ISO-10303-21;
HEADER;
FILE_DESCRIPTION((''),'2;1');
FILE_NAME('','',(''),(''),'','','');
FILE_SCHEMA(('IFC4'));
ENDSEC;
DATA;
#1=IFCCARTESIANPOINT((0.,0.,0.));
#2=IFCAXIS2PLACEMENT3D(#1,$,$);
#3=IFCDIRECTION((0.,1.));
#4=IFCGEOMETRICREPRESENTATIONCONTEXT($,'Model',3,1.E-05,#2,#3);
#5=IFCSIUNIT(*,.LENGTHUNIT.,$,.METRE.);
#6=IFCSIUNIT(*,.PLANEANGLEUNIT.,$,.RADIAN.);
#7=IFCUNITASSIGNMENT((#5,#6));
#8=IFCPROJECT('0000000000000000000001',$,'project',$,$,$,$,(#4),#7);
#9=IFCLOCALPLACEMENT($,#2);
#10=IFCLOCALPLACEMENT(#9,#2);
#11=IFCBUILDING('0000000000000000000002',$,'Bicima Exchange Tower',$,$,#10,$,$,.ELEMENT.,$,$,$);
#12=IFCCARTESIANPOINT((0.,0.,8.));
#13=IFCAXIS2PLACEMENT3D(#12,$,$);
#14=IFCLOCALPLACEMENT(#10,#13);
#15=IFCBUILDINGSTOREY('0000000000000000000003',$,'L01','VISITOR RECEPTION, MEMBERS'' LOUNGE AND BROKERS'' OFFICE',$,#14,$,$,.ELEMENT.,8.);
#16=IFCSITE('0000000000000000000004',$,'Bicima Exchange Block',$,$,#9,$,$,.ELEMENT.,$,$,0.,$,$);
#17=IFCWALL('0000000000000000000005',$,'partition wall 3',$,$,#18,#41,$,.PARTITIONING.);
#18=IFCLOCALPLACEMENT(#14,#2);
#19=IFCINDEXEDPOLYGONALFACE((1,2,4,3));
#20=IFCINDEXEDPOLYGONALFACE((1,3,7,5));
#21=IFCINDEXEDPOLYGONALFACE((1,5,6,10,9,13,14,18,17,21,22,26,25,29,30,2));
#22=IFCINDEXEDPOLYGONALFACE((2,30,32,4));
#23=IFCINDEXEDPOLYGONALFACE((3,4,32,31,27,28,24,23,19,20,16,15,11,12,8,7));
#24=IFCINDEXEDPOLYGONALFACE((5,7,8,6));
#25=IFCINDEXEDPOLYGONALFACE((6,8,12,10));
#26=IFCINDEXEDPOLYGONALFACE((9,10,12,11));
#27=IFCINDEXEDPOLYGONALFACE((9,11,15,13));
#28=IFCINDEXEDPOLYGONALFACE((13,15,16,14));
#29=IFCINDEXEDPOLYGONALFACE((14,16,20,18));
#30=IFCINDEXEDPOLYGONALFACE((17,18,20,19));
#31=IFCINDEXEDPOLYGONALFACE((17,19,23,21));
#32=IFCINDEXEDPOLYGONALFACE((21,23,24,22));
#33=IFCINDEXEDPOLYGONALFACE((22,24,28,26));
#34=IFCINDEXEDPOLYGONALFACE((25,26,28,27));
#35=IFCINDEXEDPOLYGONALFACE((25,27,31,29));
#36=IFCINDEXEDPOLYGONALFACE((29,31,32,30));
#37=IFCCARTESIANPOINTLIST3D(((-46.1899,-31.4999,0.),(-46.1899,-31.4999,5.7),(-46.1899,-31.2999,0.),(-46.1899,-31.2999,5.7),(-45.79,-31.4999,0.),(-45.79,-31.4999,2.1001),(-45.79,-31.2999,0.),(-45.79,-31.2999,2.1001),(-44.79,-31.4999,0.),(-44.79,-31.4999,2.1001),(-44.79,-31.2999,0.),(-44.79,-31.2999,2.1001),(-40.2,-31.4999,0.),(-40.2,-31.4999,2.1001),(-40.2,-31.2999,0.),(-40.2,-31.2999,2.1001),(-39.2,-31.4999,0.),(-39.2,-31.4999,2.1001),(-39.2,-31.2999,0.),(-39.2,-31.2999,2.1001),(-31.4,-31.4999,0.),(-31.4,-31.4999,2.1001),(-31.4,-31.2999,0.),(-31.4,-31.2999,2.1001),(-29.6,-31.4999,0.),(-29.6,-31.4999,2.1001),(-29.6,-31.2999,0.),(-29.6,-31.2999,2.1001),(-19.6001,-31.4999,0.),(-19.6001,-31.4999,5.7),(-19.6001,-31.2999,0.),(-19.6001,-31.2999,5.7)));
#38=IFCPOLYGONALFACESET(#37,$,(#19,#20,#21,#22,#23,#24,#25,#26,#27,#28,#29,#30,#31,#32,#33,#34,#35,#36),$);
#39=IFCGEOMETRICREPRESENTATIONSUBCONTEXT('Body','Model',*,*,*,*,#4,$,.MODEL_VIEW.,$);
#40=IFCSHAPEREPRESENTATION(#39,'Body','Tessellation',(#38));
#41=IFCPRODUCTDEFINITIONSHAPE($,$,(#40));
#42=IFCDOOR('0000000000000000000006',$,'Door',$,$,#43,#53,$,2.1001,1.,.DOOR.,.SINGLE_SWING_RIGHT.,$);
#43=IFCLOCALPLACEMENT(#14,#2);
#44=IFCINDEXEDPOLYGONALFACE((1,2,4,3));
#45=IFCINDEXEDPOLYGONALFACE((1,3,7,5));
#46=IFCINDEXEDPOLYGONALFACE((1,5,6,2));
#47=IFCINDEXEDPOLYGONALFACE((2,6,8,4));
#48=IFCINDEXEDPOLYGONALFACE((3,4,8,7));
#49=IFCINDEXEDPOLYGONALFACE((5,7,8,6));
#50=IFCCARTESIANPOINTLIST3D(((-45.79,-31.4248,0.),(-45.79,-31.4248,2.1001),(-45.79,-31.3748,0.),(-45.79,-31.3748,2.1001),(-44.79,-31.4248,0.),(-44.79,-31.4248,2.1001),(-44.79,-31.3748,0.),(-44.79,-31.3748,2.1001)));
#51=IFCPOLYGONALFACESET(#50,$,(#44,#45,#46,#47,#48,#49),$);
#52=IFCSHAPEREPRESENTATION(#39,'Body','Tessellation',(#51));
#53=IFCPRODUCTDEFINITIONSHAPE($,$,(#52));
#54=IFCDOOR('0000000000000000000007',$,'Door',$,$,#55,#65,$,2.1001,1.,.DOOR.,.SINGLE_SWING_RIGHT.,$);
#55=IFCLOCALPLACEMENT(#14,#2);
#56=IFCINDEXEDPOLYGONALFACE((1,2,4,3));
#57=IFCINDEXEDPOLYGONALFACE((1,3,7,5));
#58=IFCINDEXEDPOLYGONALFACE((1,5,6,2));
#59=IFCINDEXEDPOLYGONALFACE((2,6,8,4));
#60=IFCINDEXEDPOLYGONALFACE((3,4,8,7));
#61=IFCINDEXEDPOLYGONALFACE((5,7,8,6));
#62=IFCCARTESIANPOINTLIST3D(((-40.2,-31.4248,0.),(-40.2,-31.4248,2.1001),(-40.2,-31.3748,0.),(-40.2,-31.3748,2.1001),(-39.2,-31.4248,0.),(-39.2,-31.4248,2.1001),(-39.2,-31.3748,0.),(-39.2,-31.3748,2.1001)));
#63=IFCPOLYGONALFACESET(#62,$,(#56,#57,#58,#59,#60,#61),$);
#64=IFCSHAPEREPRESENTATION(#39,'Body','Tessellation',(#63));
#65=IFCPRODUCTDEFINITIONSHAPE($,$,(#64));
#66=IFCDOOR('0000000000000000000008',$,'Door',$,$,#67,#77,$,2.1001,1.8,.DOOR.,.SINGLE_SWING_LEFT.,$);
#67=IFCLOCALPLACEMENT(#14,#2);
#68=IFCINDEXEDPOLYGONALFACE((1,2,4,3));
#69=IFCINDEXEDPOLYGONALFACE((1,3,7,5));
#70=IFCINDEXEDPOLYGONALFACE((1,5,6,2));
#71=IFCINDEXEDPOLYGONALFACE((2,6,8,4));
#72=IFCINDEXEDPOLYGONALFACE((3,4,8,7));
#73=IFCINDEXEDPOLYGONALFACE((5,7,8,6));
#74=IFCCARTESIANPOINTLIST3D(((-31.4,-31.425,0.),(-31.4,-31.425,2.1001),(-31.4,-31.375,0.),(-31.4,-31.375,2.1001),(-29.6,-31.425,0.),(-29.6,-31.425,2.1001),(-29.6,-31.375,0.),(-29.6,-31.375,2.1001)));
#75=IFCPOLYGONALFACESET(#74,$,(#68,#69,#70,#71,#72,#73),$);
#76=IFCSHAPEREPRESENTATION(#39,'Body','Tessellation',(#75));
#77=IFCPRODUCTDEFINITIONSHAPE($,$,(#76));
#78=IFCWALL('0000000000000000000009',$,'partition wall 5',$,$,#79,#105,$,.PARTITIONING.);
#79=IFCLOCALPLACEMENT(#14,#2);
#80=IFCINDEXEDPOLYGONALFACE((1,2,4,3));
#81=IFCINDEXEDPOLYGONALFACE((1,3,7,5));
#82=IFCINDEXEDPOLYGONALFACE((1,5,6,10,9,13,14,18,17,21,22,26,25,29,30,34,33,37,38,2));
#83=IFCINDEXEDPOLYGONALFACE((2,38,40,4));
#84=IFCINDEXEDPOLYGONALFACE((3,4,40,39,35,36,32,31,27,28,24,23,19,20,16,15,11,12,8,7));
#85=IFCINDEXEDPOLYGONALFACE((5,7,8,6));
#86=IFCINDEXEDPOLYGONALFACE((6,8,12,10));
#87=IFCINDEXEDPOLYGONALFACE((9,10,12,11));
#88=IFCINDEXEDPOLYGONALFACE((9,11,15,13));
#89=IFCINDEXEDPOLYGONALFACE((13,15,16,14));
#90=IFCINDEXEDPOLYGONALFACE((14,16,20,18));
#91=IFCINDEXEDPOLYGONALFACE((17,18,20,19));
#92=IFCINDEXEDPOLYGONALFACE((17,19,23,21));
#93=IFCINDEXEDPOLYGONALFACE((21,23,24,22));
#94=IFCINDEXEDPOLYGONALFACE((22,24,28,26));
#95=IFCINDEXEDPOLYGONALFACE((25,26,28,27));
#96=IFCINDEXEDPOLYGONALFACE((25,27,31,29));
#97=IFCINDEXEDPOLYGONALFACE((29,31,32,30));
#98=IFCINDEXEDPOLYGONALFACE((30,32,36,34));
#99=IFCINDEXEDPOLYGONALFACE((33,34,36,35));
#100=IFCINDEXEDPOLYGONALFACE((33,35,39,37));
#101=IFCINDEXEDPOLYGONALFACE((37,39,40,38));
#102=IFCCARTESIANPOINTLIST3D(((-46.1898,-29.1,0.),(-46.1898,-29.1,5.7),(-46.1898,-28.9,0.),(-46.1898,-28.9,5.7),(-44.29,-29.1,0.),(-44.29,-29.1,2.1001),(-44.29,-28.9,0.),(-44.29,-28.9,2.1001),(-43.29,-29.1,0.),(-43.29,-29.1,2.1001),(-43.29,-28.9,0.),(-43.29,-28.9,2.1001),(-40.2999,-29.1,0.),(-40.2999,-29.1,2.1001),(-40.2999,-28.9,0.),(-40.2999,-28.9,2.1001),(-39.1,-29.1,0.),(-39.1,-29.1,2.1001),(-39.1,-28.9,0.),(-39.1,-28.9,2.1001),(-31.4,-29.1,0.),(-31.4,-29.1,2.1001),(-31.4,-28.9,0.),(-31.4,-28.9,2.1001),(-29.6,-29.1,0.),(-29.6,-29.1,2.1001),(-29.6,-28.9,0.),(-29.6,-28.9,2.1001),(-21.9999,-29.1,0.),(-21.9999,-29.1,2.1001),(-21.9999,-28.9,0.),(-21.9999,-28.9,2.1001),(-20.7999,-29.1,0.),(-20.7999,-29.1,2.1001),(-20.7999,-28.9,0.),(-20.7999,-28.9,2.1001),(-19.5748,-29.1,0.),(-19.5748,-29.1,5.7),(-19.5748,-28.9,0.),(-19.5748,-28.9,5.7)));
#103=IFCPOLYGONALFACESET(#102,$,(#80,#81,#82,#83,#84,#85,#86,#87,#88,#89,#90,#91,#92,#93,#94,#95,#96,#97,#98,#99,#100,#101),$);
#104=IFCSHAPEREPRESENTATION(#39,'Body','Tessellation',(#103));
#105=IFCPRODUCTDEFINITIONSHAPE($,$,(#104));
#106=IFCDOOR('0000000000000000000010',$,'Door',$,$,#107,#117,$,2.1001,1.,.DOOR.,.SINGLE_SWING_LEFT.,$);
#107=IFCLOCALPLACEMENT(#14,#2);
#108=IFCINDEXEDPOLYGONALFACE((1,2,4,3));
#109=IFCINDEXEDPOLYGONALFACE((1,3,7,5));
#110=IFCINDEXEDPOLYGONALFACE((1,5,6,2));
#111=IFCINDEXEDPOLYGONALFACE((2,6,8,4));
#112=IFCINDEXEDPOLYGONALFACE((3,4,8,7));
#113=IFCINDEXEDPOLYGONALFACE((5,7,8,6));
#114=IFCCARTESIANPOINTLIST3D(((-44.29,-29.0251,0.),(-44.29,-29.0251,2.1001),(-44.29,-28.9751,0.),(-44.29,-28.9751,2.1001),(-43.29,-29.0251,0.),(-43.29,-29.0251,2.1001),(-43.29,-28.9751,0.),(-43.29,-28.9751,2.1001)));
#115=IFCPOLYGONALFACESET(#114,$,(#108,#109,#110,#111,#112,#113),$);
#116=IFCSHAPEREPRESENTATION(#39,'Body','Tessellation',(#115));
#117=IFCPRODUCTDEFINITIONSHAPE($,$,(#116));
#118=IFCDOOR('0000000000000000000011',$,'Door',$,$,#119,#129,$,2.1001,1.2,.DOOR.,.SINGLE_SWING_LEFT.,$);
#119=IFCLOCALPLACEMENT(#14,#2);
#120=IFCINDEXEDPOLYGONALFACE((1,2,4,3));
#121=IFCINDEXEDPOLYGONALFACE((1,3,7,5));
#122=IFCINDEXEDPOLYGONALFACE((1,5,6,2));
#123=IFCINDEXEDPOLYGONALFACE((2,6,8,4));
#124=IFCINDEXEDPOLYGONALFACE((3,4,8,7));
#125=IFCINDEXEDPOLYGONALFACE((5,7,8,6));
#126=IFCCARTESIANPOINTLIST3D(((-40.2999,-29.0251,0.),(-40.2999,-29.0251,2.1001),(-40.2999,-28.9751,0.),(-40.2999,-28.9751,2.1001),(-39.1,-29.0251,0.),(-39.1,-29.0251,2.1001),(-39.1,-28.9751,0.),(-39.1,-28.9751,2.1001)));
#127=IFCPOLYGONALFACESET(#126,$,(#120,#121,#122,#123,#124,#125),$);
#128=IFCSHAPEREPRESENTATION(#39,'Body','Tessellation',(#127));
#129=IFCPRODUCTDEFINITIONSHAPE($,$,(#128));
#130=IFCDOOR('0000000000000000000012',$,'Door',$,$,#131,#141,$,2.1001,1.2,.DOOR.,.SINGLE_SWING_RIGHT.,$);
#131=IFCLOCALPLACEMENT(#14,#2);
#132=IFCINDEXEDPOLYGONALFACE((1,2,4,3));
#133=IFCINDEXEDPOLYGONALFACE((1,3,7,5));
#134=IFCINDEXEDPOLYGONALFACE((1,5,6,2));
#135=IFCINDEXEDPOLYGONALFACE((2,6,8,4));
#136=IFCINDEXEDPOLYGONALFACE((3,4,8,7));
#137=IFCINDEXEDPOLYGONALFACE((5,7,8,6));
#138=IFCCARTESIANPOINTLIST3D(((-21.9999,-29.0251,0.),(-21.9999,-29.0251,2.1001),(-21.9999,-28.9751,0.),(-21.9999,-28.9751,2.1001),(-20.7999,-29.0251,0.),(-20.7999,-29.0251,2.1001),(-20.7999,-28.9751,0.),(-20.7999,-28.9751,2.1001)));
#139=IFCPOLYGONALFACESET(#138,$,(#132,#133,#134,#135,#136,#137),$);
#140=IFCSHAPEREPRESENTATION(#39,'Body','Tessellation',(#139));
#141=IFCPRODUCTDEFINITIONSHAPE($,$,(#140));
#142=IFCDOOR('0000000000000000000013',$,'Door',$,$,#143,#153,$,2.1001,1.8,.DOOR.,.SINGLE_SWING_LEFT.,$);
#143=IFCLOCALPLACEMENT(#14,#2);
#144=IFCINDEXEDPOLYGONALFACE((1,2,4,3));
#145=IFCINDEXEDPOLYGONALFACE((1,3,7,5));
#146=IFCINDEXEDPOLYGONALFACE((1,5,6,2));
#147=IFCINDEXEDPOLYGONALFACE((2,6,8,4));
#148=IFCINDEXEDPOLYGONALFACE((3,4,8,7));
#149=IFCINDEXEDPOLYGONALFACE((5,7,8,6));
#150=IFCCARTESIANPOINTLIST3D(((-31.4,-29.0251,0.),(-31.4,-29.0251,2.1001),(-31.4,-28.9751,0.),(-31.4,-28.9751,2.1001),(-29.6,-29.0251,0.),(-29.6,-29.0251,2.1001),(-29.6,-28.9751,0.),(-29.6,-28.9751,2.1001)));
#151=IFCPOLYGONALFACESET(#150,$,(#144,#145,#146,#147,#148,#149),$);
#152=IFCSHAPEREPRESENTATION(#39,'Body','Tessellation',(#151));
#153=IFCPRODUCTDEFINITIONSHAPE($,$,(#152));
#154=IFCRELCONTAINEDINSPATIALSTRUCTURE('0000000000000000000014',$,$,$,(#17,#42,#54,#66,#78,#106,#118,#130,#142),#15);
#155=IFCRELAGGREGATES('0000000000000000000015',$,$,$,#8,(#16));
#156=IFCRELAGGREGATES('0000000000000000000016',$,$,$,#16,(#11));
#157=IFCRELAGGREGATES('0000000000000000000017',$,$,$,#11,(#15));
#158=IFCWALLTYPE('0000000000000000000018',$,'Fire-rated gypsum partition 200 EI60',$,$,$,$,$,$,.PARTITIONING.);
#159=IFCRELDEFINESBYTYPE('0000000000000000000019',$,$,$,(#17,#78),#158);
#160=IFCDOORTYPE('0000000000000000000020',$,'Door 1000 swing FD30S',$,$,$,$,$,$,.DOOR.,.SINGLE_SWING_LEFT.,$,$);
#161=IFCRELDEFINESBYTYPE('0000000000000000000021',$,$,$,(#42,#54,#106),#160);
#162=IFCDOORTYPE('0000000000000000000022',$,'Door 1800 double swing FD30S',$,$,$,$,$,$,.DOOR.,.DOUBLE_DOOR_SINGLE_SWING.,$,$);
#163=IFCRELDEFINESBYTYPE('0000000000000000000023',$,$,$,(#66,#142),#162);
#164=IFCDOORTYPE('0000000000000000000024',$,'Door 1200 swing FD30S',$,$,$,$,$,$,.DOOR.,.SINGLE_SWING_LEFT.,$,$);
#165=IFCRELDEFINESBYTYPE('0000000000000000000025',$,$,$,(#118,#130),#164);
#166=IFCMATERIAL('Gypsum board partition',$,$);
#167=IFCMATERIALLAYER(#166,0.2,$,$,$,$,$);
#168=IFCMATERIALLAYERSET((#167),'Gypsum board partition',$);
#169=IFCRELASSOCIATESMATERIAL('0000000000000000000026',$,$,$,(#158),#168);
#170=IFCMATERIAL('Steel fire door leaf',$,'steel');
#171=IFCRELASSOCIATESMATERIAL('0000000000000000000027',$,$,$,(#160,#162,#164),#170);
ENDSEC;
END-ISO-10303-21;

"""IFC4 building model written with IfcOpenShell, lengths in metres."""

from ifc_helpers import new_model, si_unit, direction, frame, frame_2d, origin, place, context, subcontext, project, spatial, rectangle, extrude, material, layer, layer_set, type_object, element, fill, save


model = new_model("IFC4")

# Units and contexts
model_context = context("Model", 3, precision=1e-05, world=origin(), true_north=direction((0.0, 1.0)))
body_context = subcontext(model_context, "Body", "Model", "MODEL_VIEW")
ifc_project = project(units=[si_unit("LENGTHUNIT", "METRE"), si_unit("PLANEANGLEUNIT", "RADIAN")], contexts=[model_context])

# Site, building, storey
site_placement = place(None, origin())
site = spatial("IfcSite", under=ifc_project, at=site_placement, Name="Bicima Exchange Block", CompositionType="ELEMENT", RefElevation=0.0)
building_placement = place(site_placement, origin())
building = spatial("IfcBuilding", under=site, at=building_placement, Name="Bicima Exchange Tower", CompositionType="ELEMENT")
storey_placement = place(building_placement, frame((0.0, 0.0, 8.0)))
storey = spatial("IfcBuildingStorey", under=building, at=storey_placement, Name="L01", Description="VISITOR RECEPTION, MEMBERS' LOUNGE AND BROKERS' OFFICE", CompositionType="ELEMENT", Elevation=8.0)

# Walls, openings, doors
ifc_material_1 = material(Name="Gypsum board partition")
ifc_layer_1 = layer(ifc_material_1, 0.2)
ifc_layer_set_1 = layer_set([ifc_layer_1], Name="Gypsum board partition")
wall_type_1 = type_object("IfcWallType", Name="Fire-rated gypsum partition 200 EI60", PredefinedType="PARTITIONING", material=ifc_layer_set_1)
wall_1_placement = place(storey_placement, frame((-46.1899, -31.3999, 0.0), z_axis=(0.0, 0.0, 1.0), x_axis=(1.0, 0.0, 0.0)))
wall_1 = element("IfcWall", 1, at=wall_1_placement, inside=storey, type_object=wall_type_1, Name="partition wall 3", PredefinedType="PARTITIONING", context=body_context, shape_type="SweptSolid", body=[
    extrude(rectangle(XDim=26.5898, YDim=0.2, at=frame_2d((13.2949, 0.0))), origin(), (0.0, 0.0, 1.0), 5.7),
])
opening_1_placement = place(wall_1_placement, frame((0.3999, 0.0, 0.0)))
opening_1 = element("IfcOpeningElement", 2, at=opening_1_placement, cuts=wall_1, PredefinedType="OPENING", context=body_context, shape_type="SweptSolid", body=[
    extrude(rectangle(XDim=1.0, YDim=2.1001, at=frame_2d((0.5, 1.05))), frame((0.0, 0.1118, 0.0), z_axis=(0.0, -1.0, 0.0), x_axis=(1.0, 0.0, 0.0)), (0.0, 0.0, 1.0), 0.2239),
])
opening_2_placement = place(wall_1_placement, frame((5.99, 0.0, 0.0)))
opening_2 = element("IfcOpeningElement", 3, at=opening_2_placement, cuts=wall_1, PredefinedType="OPENING", context=body_context, shape_type="SweptSolid", body=[
    extrude(rectangle(XDim=1.0, YDim=2.1001, at=frame_2d((0.5, 1.05))), frame((0.0, 0.1118, 0.0), z_axis=(0.0, -1.0, 0.0), x_axis=(1.0, 0.0, 0.0)), (0.0, 0.0, 1.0), 0.2239),
])
opening_3_placement = place(wall_1_placement, frame((14.79, 0.0, 0.0)))
opening_3 = element("IfcOpeningElement", 4, at=opening_3_placement, cuts=wall_1, PredefinedType="OPENING", context=body_context, shape_type="SweptSolid", body=[
    extrude(rectangle(XDim=1.8, YDim=2.1001, at=frame_2d((0.8999, 1.05))), frame((0.0, 0.1118, 0.0), z_axis=(0.0, -1.0, 0.0), x_axis=(1.0, 0.0, 0.0)), (0.0, 0.0, 1.0), 0.2239),
])
ifc_material_2 = material(Name="Steel fire door leaf", Category="steel")
door_type_1 = type_object("IfcDoorType", Name="Door 1000 swing FD30S", OperationType="SINGLE_SWING_LEFT", PredefinedType="DOOR", material=ifc_material_2)
door_1_placement = place(opening_1_placement, frame((1.0, 0.0, 0.0), z_axis=(0.0, 0.0, 1.0), x_axis=(-1.0, 0.0, 0.0)))
door_1 = element("IfcDoor", 5, at=door_1_placement, inside=storey, type_object=door_type_1, Name="Door", OperationType="SINGLE_SWING_RIGHT", OverallHeight=2.1001, OverallWidth=1.0, PredefinedType="DOOR", context=body_context, shape_type="SweptSolid", body=[
    extrude(rectangle(XDim=1.0, YDim=2.1001, at=frame_2d((0.5, 1.05))), frame((0.0, 0.0249, 0.0), z_axis=(0.0, -1.0, 0.0), x_axis=(1.0, 0.0, 0.0)), (0.0, 0.0, 1.0), 0.05),
])
fill(opening_1, door_1)
door_2_placement = place(opening_2_placement, frame((1.0, 0.0, 0.0), z_axis=(0.0, 0.0, 1.0), x_axis=(-1.0, 0.0, 0.0)))
door_2 = element("IfcDoor", 6, at=door_2_placement, inside=storey, type_object=door_type_1, Name="Door", OperationType="SINGLE_SWING_RIGHT", OverallHeight=2.1001, OverallWidth=1.0, PredefinedType="DOOR", context=body_context, shape_type="SweptSolid", body=[
    extrude(rectangle(XDim=1.0, YDim=2.1001, at=frame_2d((0.5, 1.05))), frame((0.0, 0.0249, 0.0), z_axis=(0.0, -1.0, 0.0), x_axis=(1.0, 0.0, 0.0)), (0.0, 0.0, 1.0), 0.05),
])
fill(opening_2, door_2)
door_type_2 = type_object("IfcDoorType", Name="Door 1800 double swing FD30S", OperationType="DOUBLE_DOOR_SINGLE_SWING", PredefinedType="DOOR", material=ifc_material_2)
door_3_placement = place(opening_3_placement, origin())
door_3 = element("IfcDoor", 7, at=door_3_placement, inside=storey, type_object=door_type_2, Name="Door", OperationType="SINGLE_SWING_LEFT", OverallHeight=2.1001, OverallWidth=1.8, PredefinedType="DOOR", context=body_context, shape_type="SweptSolid", body=[
    extrude(rectangle(XDim=1.8, YDim=2.1001, at=frame_2d((0.8999, 1.05))), frame((0.0, 0.0249, 0.0), z_axis=(0.0, -1.0, 0.0), x_axis=(1.0, 0.0, 0.0)), (0.0, 0.0, 1.0), 0.05),
])
fill(opening_3, door_3)
wall_2_placement = place(storey_placement, frame((-46.1899, -29.0, 0.0), z_axis=(0.0, 0.0, 1.0), x_axis=(1.0, 0.0, 0.0)))
wall_2 = element("IfcWall", 8, at=wall_2_placement, inside=storey, type_object=wall_type_1, Name="partition wall 5", PredefinedType="PARTITIONING", context=body_context, shape_type="SweptSolid", body=[
    extrude(rectangle(XDim=26.615, YDim=0.2, at=frame_2d((13.3076, 0.0))), origin(), (0.0, 0.0, 1.0), 5.7),
])
opening_4_placement = place(wall_2_placement, frame((5.8899, 0.0, 0.0)))
opening_4 = element("IfcOpeningElement", 9, at=opening_4_placement, cuts=wall_2, PredefinedType="OPENING", context=body_context, shape_type="SweptSolid", body=[
    extrude(rectangle(XDim=1.2, YDim=2.1001, at=frame_2d((0.6001, 1.05))), frame((0.0, 0.1118, 0.0), z_axis=(0.0, -1.0, 0.0), x_axis=(1.0, 0.0, 0.0)), (0.0, 0.0, 1.0), 0.2239),
])
opening_5_placement = place(wall_2_placement, frame((24.1899, 0.0, 0.0)))
opening_5 = element("IfcOpeningElement", 10, at=opening_5_placement, cuts=wall_2, PredefinedType="OPENING", context=body_context, shape_type="SweptSolid", body=[
    extrude(rectangle(XDim=1.2, YDim=2.1001, at=frame_2d((0.6001, 1.05))), frame((0.0, 0.1118, 0.0), z_axis=(0.0, -1.0, 0.0), x_axis=(1.0, 0.0, 0.0)), (0.0, 0.0, 1.0), 0.2239),
])
opening_6_placement = place(wall_2_placement, frame((1.8999, 0.0, 0.0)))
opening_6 = element("IfcOpeningElement", 11, at=opening_6_placement, cuts=wall_2, PredefinedType="OPENING", context=body_context, shape_type="SweptSolid", body=[
    extrude(rectangle(XDim=1.0, YDim=2.1001, at=frame_2d((0.5, 1.05))), frame((0.0, 0.1118, 0.0), z_axis=(0.0, -1.0, 0.0), x_axis=(1.0, 0.0, 0.0)), (0.0, 0.0, 1.0), 0.2239),
])
opening_7_placement = place(wall_2_placement, frame((14.79, 0.0, 0.0)))
opening_7 = element("IfcOpeningElement", 12, at=opening_7_placement, cuts=wall_2, PredefinedType="OPENING", context=body_context, shape_type="SweptSolid", body=[
    extrude(rectangle(XDim=1.8, YDim=2.1001, at=frame_2d((0.8999, 1.05))), frame((0.0, 0.1118, 0.0), z_axis=(0.0, -1.0, 0.0), x_axis=(1.0, 0.0, 0.0)), (0.0, 0.0, 1.0), 0.2239),
])
door_4_placement = place(opening_6_placement, origin())
door_4 = element("IfcDoor", 13, at=door_4_placement, inside=storey, type_object=door_type_1, Name="Door", OperationType="SINGLE_SWING_LEFT", OverallHeight=2.1001, OverallWidth=1.0, PredefinedType="DOOR", context=body_context, shape_type="SweptSolid", body=[
    extrude(rectangle(XDim=1.0, YDim=2.1001, at=frame_2d((0.5, 1.05))), frame((0.0, 0.0249, 0.0), z_axis=(0.0, -1.0, 0.0), x_axis=(1.0, 0.0, 0.0)), (0.0, 0.0, 1.0), 0.05),
])
fill(opening_6, door_4)
door_type_3 = type_object("IfcDoorType", Name="Door 1200 swing FD30S", OperationType="SINGLE_SWING_LEFT", PredefinedType="DOOR", material=ifc_material_2)
door_5_placement = place(opening_4_placement, origin())
door_5 = element("IfcDoor", 14, at=door_5_placement, inside=storey, type_object=door_type_3, Name="Door", OperationType="SINGLE_SWING_LEFT", OverallHeight=2.1001, OverallWidth=1.2, PredefinedType="DOOR", context=body_context, shape_type="SweptSolid", body=[
    extrude(rectangle(XDim=1.2, YDim=2.1001, at=frame_2d((0.6001, 1.05))), frame((0.0, 0.0249, 0.0), z_axis=(0.0, -1.0, 0.0), x_axis=(1.0, 0.0, 0.0)), (0.0, 0.0, 1.0), 0.05),
])
fill(opening_4, door_5)
door_6_placement = place(opening_5_placement, origin())
door_6 = element("IfcDoor", 15, at=door_6_placement, inside=storey, type_object=door_type_3, Name="Door", OperationType="SINGLE_SWING_RIGHT", OverallHeight=2.1001, OverallWidth=1.2, PredefinedType="DOOR", context=body_context, shape_type="SweptSolid", body=[
    extrude(rectangle(XDim=1.2, YDim=2.1001, at=frame_2d((0.6001, 1.05))), frame((0.0, 0.0249, 0.0), z_axis=(0.0, -1.0, 0.0), x_axis=(1.0, 0.0, 0.0)), (0.0, 0.0, 1.0), 0.05),
])
fill(opening_5, door_6)
door_7_placement = place(opening_7_placement, origin())
door_7 = element("IfcDoor", 16, at=door_7_placement, inside=storey, type_object=door_type_2, Name="Door", OperationType="SINGLE_SWING_LEFT", OverallHeight=2.1001, OverallWidth=1.8, PredefinedType="DOOR", context=body_context, shape_type="SweptSolid", body=[
    extrude(rectangle(XDim=1.8, YDim=2.1001, at=frame_2d((0.8999, 1.05))), frame((0.0, 0.0249, 0.0), z_axis=(0.0, -1.0, 0.0), x_axis=(1.0, 0.0, 0.0)), (0.0, 0.0, 1.0), 0.05),
])
fill(opening_7, door_7)

save(model, "model.ifc")
